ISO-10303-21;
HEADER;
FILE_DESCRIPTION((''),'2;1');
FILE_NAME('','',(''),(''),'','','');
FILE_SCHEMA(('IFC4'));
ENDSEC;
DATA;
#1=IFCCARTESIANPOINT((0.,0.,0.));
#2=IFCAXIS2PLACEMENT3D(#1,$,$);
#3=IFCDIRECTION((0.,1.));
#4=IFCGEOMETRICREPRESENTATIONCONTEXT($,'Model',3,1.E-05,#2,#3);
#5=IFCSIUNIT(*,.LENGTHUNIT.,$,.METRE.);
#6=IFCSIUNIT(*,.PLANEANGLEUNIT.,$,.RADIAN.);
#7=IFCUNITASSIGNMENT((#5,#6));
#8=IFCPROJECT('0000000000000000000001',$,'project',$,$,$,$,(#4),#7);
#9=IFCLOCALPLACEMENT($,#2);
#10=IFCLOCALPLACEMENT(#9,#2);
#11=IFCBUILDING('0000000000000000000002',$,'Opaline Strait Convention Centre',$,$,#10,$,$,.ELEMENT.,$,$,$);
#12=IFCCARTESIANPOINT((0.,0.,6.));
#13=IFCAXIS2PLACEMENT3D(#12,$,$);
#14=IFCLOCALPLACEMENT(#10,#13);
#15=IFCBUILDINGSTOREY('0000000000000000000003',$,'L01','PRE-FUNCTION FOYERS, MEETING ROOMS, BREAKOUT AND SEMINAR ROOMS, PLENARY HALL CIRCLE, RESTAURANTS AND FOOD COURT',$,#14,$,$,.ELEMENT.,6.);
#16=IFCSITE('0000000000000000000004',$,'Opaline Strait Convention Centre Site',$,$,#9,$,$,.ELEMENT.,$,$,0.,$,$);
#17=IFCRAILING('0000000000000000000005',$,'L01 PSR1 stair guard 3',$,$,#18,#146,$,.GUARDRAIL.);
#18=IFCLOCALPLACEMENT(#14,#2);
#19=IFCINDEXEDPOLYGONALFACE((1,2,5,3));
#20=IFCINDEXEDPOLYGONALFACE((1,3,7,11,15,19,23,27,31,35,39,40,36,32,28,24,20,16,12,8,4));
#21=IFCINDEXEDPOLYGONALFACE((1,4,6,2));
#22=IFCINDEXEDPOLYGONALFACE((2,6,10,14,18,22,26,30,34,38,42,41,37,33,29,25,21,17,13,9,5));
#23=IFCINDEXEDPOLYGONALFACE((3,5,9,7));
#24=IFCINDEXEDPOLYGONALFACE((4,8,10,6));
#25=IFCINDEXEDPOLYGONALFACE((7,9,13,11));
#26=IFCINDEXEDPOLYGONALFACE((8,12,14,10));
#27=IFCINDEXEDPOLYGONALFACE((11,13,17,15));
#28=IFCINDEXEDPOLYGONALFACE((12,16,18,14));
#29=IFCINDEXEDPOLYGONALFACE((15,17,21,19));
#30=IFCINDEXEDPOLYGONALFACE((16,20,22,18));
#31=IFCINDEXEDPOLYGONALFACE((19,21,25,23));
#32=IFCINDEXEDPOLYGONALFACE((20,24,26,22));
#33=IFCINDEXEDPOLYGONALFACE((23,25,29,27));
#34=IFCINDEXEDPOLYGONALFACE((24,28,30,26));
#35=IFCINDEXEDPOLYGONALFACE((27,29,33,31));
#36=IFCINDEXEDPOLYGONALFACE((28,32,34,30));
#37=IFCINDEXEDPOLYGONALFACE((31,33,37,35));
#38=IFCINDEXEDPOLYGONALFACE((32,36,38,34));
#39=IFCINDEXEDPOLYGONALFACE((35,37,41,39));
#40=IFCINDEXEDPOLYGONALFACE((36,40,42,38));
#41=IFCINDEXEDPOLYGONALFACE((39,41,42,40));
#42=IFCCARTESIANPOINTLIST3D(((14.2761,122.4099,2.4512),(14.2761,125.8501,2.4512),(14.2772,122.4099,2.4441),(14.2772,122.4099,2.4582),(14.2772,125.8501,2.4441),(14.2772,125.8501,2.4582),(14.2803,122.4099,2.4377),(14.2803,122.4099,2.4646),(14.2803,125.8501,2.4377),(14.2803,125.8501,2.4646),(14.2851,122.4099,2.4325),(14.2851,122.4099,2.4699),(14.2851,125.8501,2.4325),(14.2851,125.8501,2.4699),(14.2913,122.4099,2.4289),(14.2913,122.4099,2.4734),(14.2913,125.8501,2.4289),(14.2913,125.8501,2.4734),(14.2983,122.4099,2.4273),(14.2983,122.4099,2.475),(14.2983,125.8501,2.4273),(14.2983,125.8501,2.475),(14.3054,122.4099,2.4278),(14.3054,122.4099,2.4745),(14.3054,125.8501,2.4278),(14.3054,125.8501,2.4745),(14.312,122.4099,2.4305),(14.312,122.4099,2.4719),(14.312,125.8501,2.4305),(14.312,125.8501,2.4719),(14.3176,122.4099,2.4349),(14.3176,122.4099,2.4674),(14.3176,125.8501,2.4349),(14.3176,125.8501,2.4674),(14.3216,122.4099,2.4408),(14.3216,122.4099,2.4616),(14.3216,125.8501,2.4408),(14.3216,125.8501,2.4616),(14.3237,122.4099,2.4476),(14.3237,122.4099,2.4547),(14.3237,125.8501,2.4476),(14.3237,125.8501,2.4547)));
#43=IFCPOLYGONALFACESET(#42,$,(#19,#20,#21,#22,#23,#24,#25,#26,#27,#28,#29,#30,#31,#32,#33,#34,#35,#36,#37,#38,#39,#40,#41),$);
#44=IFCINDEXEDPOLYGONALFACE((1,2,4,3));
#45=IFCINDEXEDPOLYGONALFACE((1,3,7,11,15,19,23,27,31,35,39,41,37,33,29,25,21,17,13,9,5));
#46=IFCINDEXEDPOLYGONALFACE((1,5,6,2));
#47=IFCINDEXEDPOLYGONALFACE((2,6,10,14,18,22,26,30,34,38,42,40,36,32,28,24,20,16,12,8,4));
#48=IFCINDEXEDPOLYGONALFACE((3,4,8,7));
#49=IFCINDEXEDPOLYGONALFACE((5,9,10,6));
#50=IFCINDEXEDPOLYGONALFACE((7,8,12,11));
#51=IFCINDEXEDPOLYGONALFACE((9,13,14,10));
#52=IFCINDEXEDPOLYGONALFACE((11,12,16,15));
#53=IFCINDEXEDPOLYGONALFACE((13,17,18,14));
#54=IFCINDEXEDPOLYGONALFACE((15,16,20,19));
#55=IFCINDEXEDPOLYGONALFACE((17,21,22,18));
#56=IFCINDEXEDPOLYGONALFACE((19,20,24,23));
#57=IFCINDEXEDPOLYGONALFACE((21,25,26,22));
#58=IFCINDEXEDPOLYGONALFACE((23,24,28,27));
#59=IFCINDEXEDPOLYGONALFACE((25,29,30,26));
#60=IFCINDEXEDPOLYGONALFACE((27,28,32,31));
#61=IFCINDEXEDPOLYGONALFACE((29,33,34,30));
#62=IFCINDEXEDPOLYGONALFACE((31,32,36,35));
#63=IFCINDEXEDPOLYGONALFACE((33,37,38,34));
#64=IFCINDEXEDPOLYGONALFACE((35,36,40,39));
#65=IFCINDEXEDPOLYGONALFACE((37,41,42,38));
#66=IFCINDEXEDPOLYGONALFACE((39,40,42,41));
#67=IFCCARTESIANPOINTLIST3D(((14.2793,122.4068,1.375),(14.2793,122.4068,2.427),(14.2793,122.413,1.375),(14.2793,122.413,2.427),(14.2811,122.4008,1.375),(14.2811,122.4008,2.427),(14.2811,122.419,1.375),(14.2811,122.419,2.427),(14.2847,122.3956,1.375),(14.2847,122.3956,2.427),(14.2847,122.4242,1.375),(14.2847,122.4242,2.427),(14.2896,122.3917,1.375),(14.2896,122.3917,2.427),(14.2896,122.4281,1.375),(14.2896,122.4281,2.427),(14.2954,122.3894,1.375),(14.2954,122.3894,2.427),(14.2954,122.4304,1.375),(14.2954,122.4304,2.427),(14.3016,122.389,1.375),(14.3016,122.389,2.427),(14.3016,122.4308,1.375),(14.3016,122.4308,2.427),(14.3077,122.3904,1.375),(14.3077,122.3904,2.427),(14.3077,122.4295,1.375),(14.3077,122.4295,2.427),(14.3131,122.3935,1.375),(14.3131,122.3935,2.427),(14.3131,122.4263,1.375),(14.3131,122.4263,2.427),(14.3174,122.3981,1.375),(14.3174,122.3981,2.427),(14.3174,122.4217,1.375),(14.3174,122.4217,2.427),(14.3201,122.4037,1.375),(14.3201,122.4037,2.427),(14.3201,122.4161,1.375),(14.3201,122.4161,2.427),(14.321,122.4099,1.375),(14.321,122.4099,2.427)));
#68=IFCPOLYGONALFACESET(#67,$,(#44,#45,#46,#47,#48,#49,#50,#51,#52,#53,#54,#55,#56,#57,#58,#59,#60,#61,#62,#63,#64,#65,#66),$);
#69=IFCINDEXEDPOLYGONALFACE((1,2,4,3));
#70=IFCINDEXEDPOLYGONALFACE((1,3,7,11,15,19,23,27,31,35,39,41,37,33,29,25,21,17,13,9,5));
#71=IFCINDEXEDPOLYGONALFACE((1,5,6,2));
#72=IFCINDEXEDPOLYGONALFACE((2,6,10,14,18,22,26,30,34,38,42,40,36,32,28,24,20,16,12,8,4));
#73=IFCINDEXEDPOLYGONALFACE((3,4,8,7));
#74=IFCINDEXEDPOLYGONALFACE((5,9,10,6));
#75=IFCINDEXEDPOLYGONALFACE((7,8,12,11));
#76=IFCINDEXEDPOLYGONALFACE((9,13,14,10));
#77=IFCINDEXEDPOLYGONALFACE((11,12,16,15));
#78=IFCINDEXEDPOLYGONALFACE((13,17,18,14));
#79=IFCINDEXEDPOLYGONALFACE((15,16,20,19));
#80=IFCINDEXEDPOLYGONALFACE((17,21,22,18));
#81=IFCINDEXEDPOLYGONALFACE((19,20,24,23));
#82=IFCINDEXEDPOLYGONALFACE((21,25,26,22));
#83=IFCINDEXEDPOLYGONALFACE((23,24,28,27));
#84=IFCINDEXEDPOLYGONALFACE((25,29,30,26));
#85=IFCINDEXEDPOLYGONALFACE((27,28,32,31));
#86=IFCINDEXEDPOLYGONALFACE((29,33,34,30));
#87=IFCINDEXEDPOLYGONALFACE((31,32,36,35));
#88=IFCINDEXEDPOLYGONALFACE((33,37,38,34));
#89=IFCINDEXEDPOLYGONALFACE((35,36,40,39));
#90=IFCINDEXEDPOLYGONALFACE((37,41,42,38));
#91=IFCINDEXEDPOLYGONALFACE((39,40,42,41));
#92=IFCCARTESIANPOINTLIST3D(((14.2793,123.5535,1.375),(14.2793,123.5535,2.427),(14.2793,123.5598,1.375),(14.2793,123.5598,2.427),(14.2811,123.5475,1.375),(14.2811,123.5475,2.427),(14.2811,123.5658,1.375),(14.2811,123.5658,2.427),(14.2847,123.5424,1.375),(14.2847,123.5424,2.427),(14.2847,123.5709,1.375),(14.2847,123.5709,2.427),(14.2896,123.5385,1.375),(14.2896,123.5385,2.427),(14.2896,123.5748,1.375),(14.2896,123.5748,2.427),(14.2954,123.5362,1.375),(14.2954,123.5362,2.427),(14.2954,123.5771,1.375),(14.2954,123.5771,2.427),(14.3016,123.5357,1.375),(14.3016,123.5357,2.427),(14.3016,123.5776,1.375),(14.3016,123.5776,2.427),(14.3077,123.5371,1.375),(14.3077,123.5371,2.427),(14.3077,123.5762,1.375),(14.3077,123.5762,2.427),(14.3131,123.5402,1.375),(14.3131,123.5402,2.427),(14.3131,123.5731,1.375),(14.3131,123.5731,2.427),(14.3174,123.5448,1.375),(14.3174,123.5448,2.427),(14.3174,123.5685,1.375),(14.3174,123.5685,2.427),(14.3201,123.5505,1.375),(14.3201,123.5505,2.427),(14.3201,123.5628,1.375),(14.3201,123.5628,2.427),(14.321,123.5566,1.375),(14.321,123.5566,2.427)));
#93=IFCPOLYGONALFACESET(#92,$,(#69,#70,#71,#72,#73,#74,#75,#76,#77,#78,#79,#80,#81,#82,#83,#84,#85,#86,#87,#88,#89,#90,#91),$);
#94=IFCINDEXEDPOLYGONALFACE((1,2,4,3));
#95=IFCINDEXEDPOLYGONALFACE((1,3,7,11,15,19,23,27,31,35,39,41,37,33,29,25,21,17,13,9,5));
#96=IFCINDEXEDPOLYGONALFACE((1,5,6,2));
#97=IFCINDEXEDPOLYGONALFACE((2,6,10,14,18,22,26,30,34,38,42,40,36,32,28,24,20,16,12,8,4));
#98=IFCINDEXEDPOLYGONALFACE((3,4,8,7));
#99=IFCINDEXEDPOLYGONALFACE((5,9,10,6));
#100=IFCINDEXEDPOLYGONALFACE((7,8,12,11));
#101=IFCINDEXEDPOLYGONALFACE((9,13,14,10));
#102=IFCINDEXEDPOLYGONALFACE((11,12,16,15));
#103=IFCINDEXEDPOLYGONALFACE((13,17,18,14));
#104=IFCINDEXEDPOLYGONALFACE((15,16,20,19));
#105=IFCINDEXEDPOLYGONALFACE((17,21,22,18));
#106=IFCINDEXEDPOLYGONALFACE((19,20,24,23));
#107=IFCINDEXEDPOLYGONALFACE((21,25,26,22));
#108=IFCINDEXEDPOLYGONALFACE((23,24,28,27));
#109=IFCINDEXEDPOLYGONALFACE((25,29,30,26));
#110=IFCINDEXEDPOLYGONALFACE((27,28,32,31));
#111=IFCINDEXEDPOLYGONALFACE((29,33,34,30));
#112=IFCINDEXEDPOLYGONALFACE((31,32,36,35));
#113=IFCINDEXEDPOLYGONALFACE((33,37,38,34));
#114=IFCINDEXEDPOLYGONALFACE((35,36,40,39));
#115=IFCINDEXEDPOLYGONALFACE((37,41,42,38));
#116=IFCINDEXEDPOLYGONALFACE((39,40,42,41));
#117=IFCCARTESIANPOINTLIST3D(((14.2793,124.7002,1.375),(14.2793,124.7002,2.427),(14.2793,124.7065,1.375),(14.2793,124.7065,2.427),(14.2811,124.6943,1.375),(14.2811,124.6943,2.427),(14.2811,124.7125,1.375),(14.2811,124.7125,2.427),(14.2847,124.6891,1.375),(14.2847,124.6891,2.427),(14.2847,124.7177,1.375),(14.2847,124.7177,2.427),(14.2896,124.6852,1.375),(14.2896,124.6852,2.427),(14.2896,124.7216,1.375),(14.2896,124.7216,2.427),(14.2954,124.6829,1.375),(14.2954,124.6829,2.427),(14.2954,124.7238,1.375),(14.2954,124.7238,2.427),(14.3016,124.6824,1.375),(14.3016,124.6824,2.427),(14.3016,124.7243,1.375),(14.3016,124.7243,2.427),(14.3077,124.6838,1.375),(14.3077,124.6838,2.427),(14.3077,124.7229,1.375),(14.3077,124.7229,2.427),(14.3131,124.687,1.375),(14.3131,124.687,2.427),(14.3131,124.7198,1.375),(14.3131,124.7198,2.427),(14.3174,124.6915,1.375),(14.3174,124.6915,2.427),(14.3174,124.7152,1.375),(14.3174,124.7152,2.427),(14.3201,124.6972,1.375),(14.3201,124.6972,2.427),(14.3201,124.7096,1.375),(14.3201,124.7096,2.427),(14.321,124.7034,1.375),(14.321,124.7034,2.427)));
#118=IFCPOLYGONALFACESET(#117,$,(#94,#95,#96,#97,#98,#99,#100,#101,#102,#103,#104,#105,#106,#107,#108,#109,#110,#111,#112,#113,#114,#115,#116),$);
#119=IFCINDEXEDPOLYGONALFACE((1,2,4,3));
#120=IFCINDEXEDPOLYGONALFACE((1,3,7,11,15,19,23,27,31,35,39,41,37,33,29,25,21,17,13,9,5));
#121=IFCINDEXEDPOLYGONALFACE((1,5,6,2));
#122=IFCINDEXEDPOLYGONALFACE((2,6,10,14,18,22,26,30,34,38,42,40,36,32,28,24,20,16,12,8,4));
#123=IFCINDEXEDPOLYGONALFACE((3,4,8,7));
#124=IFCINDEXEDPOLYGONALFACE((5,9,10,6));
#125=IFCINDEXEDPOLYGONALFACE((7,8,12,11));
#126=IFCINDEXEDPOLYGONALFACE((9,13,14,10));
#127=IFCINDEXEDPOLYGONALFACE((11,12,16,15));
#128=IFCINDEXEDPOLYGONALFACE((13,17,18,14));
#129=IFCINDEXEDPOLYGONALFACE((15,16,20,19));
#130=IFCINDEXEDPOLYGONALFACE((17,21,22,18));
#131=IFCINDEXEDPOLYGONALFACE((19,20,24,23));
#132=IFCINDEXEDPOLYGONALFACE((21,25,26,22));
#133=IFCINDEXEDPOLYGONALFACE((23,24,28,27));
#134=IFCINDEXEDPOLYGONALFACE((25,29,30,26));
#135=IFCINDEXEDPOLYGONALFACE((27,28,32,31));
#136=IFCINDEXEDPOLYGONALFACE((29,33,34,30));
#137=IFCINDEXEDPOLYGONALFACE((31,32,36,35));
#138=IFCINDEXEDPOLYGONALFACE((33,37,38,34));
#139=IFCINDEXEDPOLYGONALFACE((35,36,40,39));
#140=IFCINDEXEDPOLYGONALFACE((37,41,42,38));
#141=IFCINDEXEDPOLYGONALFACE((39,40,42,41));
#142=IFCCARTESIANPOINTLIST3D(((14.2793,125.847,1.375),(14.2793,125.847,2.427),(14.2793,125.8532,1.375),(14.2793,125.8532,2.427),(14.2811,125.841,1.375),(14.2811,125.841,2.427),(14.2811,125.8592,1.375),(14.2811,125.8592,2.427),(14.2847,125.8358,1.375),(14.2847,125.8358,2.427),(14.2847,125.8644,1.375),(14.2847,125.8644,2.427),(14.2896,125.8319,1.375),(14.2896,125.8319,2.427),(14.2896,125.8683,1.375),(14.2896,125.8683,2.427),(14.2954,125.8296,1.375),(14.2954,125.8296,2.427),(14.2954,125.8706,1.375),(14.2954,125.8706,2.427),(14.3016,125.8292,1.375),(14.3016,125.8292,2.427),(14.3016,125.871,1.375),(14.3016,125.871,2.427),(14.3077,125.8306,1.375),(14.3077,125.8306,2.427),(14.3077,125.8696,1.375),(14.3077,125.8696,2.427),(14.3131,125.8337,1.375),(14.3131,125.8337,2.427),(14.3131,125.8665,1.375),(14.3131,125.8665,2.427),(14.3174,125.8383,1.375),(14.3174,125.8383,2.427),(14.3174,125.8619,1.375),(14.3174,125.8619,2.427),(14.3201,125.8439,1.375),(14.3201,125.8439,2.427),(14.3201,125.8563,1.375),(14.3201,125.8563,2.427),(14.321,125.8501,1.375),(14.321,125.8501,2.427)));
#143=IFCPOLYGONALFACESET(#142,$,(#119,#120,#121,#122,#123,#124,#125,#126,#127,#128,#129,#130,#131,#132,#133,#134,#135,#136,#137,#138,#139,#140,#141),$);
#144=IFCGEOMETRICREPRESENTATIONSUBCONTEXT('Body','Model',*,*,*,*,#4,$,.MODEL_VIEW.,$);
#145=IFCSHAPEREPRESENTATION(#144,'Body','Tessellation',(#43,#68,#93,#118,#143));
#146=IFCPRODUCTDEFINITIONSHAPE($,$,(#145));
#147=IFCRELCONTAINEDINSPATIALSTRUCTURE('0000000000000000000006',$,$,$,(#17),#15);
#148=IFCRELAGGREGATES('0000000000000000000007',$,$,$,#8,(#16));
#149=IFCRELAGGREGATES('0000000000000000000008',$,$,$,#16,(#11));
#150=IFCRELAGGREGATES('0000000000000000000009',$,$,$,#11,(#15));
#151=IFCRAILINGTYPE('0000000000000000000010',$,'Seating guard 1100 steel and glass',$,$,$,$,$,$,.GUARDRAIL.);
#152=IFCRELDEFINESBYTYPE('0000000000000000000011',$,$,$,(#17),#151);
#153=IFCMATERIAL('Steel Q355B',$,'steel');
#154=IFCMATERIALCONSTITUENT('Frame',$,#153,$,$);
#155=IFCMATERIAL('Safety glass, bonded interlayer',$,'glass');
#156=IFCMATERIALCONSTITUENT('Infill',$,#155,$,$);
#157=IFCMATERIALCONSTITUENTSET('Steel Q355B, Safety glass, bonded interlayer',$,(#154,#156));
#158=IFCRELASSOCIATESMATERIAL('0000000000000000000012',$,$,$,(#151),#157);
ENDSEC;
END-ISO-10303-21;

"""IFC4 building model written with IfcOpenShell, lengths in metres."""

from ifc_helpers import new_model, si_unit, direction, frame, origin, origin_2d, place, context, subcontext, project, spatial, circle, extrude, material, constituent, constituent_set, type_object, element, save


model = new_model("IFC4")

# Units and contexts
model_context = context("Model", 3, precision=1e-05, world=origin(), true_north=direction((0.0, 1.0)))
body_context = subcontext(model_context, "Body", "Model", "MODEL_VIEW")
ifc_project = project(units=[si_unit("LENGTHUNIT", "METRE"), si_unit("PLANEANGLEUNIT", "RADIAN")], contexts=[model_context])

# Site, building, storey
site_placement = place(None, origin())
site = spatial("IfcSite", under=ifc_project, at=site_placement, Name="Opaline Strait Convention Centre Site", CompositionType="ELEMENT", RefElevation=0.0)
building_placement = place(site_placement, origin())
building = spatial("IfcBuilding", under=site, at=building_placement, Name="Opaline Strait Convention Centre", CompositionType="ELEMENT")
storey_placement = place(building_placement, frame((0.0, 0.0, 6.0)))
storey = spatial("IfcBuildingStorey", under=building, at=storey_placement, Name="L01", Description="PRE-FUNCTION FOYERS, MEETING ROOMS, BREAKOUT AND SEMINAR ROOMS, PLENARY HALL CIRCLE, RESTAURANTS AND FOOD COURT", CompositionType="ELEMENT", Elevation=6.0)

# Railing
ifc_material_1 = material(Name="Steel Q355B", Category="steel")
ifc_constituent_1 = constituent(ifc_material_1, Name="Frame")
ifc_material_2 = material(Name="Safety glass, bonded interlayer", Category="glass")
ifc_constituent_2 = constituent(ifc_material_2, Name="Infill")
ifc_constituent_set = constituent_set(constituents=[ifc_constituent_1, ifc_constituent_2], Name="Steel Q355B, Safety glass, bonded interlayer")
railing_type_1 = type_object("IfcRailingType", Name="Seating guard 1100 steel and glass", PredefinedType="GUARDRAIL", material=ifc_constituent_set)
railing_1_placement = place(storey_placement, frame((14.3, 122.4099, 1.375)))
element("IfcRailing", 1, at=railing_1_placement, inside=storey, type_object=railing_type_1, Name="L01 PSR1 stair guard 3", PredefinedType="GUARDRAIL", context=body_context, shape_type="SweptSolid", body=[
    extrude(circle(Radius=0.0239, at=origin_2d()), frame((0.0, 0.0, 1.0762), z_axis=(0.0, 1.0, 0.0), x_axis=(-1.0, 0.0, 0.0)), (0.0, 0.0, 1.0), 3.4402),
    extrude(circle(Radius=0.021, at=origin_2d()), origin(), (0.0, 0.0, 1.0), 1.052),
    extrude(circle(Radius=0.021, at=origin_2d()), frame((0.0, 1.1467, 0.0)), (0.0, 0.0, 1.0), 1.052),
    extrude(circle(Radius=0.021, at=origin_2d()), frame((0.0, 2.2935, 0.0)), (0.0, 0.0, 1.0), 1.052),
    extrude(circle(Radius=0.021, at=origin_2d()), frame((0.0, 3.4402, 0.0)), (0.0, 0.0, 1.0), 1.052),
])

save(model, "model.ifc")
